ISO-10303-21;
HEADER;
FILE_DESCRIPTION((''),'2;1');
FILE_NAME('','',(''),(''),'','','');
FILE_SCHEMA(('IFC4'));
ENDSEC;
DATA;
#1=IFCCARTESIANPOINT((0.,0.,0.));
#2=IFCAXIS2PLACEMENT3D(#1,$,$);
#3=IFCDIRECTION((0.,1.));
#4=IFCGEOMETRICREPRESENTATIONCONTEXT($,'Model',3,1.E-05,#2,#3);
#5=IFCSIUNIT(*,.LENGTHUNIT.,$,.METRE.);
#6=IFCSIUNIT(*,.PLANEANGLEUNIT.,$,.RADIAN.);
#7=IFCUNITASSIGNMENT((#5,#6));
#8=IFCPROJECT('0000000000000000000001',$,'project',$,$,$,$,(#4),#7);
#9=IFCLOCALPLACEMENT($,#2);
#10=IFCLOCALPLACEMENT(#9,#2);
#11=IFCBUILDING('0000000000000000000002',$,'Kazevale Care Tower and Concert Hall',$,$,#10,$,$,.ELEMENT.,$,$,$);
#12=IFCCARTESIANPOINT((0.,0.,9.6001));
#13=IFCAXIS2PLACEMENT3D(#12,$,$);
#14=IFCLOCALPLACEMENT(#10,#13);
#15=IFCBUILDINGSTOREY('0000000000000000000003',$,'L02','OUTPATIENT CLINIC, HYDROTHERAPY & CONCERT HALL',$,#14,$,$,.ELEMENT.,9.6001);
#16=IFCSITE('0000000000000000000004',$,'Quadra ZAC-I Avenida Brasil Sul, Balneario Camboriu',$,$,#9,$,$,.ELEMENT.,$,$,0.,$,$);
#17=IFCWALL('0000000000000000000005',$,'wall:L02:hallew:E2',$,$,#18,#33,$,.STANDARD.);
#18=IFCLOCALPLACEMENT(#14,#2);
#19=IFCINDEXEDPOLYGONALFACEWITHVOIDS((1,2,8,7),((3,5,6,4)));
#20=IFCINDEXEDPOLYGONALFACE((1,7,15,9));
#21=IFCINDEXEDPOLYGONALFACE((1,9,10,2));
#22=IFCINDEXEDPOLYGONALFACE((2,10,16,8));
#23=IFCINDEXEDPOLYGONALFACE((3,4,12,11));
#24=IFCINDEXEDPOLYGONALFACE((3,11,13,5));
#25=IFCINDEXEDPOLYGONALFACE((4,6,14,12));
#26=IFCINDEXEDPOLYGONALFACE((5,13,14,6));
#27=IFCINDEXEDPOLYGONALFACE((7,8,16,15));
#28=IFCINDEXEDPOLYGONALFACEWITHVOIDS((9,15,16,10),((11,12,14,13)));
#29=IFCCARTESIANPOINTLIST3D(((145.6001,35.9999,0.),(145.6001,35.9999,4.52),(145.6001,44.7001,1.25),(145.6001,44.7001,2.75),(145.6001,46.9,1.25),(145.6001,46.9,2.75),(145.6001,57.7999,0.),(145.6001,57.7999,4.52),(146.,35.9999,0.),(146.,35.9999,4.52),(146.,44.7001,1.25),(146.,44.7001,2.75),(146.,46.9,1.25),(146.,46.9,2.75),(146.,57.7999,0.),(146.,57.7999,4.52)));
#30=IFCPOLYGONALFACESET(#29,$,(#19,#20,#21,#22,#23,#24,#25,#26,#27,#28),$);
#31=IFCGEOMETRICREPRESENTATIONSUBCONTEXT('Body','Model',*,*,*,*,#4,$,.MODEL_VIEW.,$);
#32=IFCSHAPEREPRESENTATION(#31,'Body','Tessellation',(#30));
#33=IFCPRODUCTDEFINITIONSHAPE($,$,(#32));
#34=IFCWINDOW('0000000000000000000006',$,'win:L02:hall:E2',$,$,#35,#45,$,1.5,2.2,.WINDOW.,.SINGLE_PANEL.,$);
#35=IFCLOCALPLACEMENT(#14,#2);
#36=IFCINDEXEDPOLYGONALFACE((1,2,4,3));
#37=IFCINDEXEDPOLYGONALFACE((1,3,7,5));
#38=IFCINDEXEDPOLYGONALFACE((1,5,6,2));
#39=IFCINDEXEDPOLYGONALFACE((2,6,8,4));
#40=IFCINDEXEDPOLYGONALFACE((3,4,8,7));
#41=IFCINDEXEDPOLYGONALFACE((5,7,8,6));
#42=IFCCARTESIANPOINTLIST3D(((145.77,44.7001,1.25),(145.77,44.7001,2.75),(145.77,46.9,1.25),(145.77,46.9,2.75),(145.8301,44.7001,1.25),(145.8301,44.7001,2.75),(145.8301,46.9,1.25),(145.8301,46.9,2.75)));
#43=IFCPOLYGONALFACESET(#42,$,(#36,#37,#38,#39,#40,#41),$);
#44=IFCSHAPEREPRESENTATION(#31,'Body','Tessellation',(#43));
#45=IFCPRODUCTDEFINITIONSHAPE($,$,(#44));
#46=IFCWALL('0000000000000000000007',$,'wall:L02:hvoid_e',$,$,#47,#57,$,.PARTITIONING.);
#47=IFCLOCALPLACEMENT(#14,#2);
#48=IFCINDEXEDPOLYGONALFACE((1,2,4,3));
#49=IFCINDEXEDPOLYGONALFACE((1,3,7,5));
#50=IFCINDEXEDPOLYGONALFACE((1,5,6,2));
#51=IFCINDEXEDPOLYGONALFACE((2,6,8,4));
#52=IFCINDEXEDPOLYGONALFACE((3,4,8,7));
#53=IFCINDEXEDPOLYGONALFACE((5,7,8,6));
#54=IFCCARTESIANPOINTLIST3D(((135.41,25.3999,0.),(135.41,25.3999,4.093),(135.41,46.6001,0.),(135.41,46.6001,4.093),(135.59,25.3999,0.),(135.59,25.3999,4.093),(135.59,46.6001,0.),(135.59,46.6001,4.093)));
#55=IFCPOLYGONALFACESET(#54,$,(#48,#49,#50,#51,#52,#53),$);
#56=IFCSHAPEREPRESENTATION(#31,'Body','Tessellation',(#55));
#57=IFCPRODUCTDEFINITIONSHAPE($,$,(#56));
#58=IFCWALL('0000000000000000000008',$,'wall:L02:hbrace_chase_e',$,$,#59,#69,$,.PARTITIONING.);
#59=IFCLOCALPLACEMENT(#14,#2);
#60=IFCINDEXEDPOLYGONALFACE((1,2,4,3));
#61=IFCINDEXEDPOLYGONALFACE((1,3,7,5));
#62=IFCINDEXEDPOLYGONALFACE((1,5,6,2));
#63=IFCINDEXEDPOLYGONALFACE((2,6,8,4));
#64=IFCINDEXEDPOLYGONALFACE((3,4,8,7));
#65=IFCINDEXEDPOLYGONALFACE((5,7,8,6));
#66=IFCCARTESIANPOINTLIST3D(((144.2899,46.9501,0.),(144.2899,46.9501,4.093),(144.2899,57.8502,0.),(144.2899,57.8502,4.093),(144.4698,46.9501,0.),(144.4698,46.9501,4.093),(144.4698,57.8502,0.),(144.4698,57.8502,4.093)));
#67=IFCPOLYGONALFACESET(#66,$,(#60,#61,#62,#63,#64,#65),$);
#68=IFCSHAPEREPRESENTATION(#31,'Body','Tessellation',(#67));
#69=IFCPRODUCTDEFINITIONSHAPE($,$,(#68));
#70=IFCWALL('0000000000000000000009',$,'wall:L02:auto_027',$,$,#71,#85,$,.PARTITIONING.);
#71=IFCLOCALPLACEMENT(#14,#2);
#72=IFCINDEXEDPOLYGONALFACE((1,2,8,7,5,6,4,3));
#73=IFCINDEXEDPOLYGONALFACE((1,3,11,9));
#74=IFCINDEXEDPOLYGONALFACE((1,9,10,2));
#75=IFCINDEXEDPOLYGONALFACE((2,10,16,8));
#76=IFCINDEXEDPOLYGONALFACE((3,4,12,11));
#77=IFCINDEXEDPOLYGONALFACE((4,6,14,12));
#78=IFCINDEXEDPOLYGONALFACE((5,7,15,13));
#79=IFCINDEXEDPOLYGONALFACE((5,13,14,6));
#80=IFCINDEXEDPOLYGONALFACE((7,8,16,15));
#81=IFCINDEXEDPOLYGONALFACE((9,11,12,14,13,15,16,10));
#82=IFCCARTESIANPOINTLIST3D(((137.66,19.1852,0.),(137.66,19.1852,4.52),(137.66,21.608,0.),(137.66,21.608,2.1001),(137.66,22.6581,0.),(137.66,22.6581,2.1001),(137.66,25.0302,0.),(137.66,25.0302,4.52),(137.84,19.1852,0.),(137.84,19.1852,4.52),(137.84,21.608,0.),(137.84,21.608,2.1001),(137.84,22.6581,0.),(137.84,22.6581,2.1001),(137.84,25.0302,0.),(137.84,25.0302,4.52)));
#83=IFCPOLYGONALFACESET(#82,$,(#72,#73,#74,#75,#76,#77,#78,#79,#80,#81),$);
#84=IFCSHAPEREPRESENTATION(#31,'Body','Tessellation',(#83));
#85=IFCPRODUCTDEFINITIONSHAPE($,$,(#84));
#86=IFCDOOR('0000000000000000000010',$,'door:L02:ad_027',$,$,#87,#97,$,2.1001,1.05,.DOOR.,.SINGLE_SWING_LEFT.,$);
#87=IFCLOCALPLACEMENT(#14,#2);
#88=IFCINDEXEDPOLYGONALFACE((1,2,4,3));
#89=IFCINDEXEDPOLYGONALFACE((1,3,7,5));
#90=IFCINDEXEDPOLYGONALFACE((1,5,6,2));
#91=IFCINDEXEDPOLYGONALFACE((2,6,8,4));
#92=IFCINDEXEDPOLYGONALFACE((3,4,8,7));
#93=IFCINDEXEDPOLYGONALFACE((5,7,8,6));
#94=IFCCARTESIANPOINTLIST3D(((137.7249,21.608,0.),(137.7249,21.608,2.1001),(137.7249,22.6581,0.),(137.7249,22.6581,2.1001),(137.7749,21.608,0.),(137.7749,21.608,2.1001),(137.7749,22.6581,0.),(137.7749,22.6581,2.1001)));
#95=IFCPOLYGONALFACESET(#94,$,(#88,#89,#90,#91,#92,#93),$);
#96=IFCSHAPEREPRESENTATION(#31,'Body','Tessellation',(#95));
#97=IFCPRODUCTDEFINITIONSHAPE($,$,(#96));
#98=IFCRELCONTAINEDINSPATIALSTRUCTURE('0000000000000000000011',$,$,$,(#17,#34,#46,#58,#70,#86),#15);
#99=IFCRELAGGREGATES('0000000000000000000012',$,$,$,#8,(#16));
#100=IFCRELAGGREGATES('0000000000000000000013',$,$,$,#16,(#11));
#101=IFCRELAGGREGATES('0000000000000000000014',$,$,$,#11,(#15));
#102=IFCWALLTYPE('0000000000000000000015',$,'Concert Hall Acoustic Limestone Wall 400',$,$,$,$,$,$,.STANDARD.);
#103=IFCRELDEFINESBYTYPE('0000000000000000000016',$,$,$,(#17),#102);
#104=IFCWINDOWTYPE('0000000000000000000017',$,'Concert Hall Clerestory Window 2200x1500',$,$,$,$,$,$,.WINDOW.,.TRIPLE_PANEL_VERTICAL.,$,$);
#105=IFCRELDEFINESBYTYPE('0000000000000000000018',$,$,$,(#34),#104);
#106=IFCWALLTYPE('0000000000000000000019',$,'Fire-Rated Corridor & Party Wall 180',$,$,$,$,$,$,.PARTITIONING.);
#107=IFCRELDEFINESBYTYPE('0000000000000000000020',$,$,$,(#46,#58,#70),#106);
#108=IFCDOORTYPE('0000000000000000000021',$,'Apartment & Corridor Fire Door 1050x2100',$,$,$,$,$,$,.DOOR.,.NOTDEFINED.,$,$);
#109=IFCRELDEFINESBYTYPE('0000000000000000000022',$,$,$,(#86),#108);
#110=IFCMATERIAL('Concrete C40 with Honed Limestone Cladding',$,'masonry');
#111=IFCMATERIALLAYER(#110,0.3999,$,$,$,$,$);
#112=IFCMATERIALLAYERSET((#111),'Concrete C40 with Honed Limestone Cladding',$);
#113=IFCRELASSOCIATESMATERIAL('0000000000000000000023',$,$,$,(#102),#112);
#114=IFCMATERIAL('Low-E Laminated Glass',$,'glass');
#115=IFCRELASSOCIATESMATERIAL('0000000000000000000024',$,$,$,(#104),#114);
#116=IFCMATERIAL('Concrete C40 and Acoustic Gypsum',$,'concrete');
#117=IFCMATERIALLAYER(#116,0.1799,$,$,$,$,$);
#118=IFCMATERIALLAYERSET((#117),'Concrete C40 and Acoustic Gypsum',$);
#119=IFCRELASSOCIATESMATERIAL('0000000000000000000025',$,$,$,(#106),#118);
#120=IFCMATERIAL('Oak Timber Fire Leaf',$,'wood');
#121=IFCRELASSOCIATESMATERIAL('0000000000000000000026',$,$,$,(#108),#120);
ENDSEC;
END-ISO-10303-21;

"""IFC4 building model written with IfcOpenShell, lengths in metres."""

from ifc_helpers import new_model, si_unit, direction, frame, frame_2d, origin, place, context, subcontext, project, spatial, rectangle, extrude, material, layer, layer_set, type_object, element, fill, save


model = new_model("IFC4")

# Units and contexts
model_context = context("Model", 3, precision=1e-05, world=origin(), true_north=direction((0.0, 1.0)))
body_context = subcontext(model_context, "Body", "Model", "MODEL_VIEW")
ifc_project = project(units=[si_unit("LENGTHUNIT", "METRE"), si_unit("PLANEANGLEUNIT", "RADIAN")], contexts=[model_context])

# Site, building, storey
site_placement = place(None, origin())
site = spatial("IfcSite", under=ifc_project, at=site_placement, Name="Quadra ZAC-I Avenida Brasil Sul, Balneario Camboriu", CompositionType="ELEMENT", RefElevation=0.0)
building_placement = place(site_placement, origin())
building = spatial("IfcBuilding", under=site, at=building_placement, Name="Kazevale Care Tower and Concert Hall", CompositionType="ELEMENT")
storey_placement = place(building_placement, frame((0.0, 0.0, 9.6001)))
storey = spatial("IfcBuildingStorey", under=building, at=storey_placement, Name="L02", Description="OUTPATIENT CLINIC, HYDROTHERAPY & CONCERT HALL", CompositionType="ELEMENT", Elevation=9.6001)

# Wall, opening, window
ifc_material_1 = material(Name="Concrete C40 with Honed Limestone Cladding", Category="masonry")
ifc_layer_1 = layer(ifc_material_1, 0.3999)
ifc_layer_set_1 = layer_set([ifc_layer_1], Name="Concrete C40 with Honed Limestone Cladding")
wall_type_1 = type_object("IfcWallType", Name="Concert Hall Acoustic Limestone Wall 400", PredefinedType="STANDARD", material=ifc_layer_set_1)
wall_1_placement = place(storey_placement, frame((145.8, 36.0, 0.0), z_axis=(0.0, 0.0, 1.0), x_axis=(0.0, 1.0, 0.0)))
wall_1 = element("IfcWall", 1, at=wall_1_placement, inside=storey, type_object=wall_type_1, Name="wall:L02:hallew:E2", PredefinedType="STANDARD", context=body_context, shape_type="SweptSolid", body=[
    extrude(rectangle(XDim=21.8, YDim=0.3999, at=frame_2d((10.8999, 0.0))), origin(), (0.0, 0.0, 1.0), 4.52),
])
opening_1_placement = place(wall_1_placement, frame((8.7, 0.0, 1.25)))
opening_1 = element("IfcOpeningElement", 2, at=opening_1_placement, cuts=wall_1, PredefinedType="OPENING", context=body_context, shape_type="SweptSolid", body=[
    extrude(rectangle(XDim=2.2, YDim=1.5, at=frame_2d((1.1001, 0.75))), frame((0.0, 0.21, 0.0), z_axis=(0.0, -1.0, 0.0), x_axis=(1.0, 0.0, 0.0)), (0.0, 0.0, 1.0), 0.4199),
])
ifc_material_2 = material(Name="Low-E Laminated Glass", Category="glass")
window_type = type_object("IfcWindowType", Name="Concert Hall Clerestory Window 2200x1500", PartitioningType="TRIPLE_PANEL_VERTICAL", PredefinedType="WINDOW", material=ifc_material_2)
window_placement = place(opening_1_placement, origin())
window = element("IfcWindow", 3, at=window_placement, inside=storey, type_object=window_type, Name="win:L02:hall:E2", OverallHeight=1.5, OverallWidth=2.2, PartitioningType="SINGLE_PANEL", PredefinedType="WINDOW", context=body_context, shape_type="SweptSolid", body=[
    extrude(rectangle(XDim=2.2, YDim=1.5, at=frame_2d((1.1001, 0.75))), frame((0.0, 0.03, 0.0), z_axis=(0.0, -1.0, 0.0), x_axis=(1.0, 0.0, 0.0)), (0.0, 0.0, 1.0), 0.0601),
])
fill(opening_1, window)

# Walls
ifc_material_3 = material(Name="Concrete C40 and Acoustic Gypsum", Category="concrete")
ifc_layer_2 = layer(ifc_material_3, 0.1799)
ifc_layer_set_2 = layer_set([ifc_layer_2], Name="Concrete C40 and Acoustic Gypsum")
wall_type_2 = type_object("IfcWallType", Name="Fire-Rated Corridor & Party Wall 180", PredefinedType="PARTITIONING", material=ifc_layer_set_2)
wall_2_placement = place(storey_placement, frame((135.5, 25.3999, 0.0), z_axis=(0.0, 0.0, 1.0), x_axis=(0.0, 1.0, 0.0)))
element("IfcWall", 4, at=wall_2_placement, inside=storey, type_object=wall_type_2, Name="wall:L02:hvoid_e", PredefinedType="PARTITIONING", context=body_context, shape_type="SweptSolid", body=[
    extrude(rectangle(XDim=21.2002, YDim=0.1799, at=frame_2d((10.6001, 0.0))), origin(), (0.0, 0.0, 1.0), 4.093),
])
wall_3_placement = place(storey_placement, frame((144.3799, 46.95, 0.0), z_axis=(0.0, 0.0, 1.0), x_axis=(0.0, 1.0, 0.0)))
element("IfcWall", 5, at=wall_3_placement, inside=storey, type_object=wall_type_2, Name="wall:L02:hbrace_chase_e", PredefinedType="PARTITIONING", context=body_context, shape_type="SweptSolid", body=[
    extrude(rectangle(XDim=10.9001, YDim=0.1799, at=frame_2d((5.4502, 0.0))), origin(), (0.0, 0.0, 1.0), 4.093),
])

# Wall, opening, door
wall_4_placement = place(storey_placement, frame((137.75, 25.03, 0.0), z_axis=(0.0, 0.0, 1.0), x_axis=(0.0, -1.0, 0.0)))
wall_4 = element("IfcWall", 6, at=wall_4_placement, inside=storey, type_object=wall_type_2, Name="wall:L02:auto_027", PredefinedType="PARTITIONING", context=body_context, shape_type="SweptSolid", body=[
    extrude(rectangle(XDim=5.845, YDim=0.1799, at=frame_2d((2.9224, 0.0))), origin(), (0.0, 0.0, 1.0), 4.52),
])
opening_2_placement = place(wall_4_placement, frame((2.3721, 0.0, 0.0)))
opening_2 = element("IfcOpeningElement", 7, at=opening_2_placement, cuts=wall_4, PredefinedType="OPENING", context=body_context, shape_type="SweptSolid", body=[
    extrude(rectangle(XDim=1.05, YDim=2.1001, at=frame_2d((0.5249, 1.05))), frame((0.0, 0.0999, 0.0), z_axis=(0.0, -1.0, 0.0), x_axis=(1.0, 0.0, 0.0)), (0.0, 0.0, 1.0), 0.2),
])
ifc_material_4 = material(Name="Oak Timber Fire Leaf", Category="wood")
door_type = type_object("IfcDoorType", Name="Apartment & Corridor Fire Door 1050x2100", OperationType="NOTDEFINED", PredefinedType="DOOR", material=ifc_material_4)
door_placement = place(opening_2_placement, origin())
door = element("IfcDoor", 8, at=door_placement, inside=storey, type_object=door_type, Name="door:L02:ad_027", OperationType="SINGLE_SWING_LEFT", OverallHeight=2.1001, OverallWidth=1.05, PredefinedType="DOOR", context=body_context, shape_type="SweptSolid", body=[
    extrude(rectangle(XDim=1.05, YDim=2.1001, at=frame_2d((0.5249, 1.05))), frame((0.0, 0.0249, 0.0), z_axis=(0.0, -1.0, 0.0), x_axis=(1.0, 0.0, 0.0)), (0.0, 0.0, 1.0), 0.05),
])
fill(opening_2, door)

save(model, "model.ifc")
